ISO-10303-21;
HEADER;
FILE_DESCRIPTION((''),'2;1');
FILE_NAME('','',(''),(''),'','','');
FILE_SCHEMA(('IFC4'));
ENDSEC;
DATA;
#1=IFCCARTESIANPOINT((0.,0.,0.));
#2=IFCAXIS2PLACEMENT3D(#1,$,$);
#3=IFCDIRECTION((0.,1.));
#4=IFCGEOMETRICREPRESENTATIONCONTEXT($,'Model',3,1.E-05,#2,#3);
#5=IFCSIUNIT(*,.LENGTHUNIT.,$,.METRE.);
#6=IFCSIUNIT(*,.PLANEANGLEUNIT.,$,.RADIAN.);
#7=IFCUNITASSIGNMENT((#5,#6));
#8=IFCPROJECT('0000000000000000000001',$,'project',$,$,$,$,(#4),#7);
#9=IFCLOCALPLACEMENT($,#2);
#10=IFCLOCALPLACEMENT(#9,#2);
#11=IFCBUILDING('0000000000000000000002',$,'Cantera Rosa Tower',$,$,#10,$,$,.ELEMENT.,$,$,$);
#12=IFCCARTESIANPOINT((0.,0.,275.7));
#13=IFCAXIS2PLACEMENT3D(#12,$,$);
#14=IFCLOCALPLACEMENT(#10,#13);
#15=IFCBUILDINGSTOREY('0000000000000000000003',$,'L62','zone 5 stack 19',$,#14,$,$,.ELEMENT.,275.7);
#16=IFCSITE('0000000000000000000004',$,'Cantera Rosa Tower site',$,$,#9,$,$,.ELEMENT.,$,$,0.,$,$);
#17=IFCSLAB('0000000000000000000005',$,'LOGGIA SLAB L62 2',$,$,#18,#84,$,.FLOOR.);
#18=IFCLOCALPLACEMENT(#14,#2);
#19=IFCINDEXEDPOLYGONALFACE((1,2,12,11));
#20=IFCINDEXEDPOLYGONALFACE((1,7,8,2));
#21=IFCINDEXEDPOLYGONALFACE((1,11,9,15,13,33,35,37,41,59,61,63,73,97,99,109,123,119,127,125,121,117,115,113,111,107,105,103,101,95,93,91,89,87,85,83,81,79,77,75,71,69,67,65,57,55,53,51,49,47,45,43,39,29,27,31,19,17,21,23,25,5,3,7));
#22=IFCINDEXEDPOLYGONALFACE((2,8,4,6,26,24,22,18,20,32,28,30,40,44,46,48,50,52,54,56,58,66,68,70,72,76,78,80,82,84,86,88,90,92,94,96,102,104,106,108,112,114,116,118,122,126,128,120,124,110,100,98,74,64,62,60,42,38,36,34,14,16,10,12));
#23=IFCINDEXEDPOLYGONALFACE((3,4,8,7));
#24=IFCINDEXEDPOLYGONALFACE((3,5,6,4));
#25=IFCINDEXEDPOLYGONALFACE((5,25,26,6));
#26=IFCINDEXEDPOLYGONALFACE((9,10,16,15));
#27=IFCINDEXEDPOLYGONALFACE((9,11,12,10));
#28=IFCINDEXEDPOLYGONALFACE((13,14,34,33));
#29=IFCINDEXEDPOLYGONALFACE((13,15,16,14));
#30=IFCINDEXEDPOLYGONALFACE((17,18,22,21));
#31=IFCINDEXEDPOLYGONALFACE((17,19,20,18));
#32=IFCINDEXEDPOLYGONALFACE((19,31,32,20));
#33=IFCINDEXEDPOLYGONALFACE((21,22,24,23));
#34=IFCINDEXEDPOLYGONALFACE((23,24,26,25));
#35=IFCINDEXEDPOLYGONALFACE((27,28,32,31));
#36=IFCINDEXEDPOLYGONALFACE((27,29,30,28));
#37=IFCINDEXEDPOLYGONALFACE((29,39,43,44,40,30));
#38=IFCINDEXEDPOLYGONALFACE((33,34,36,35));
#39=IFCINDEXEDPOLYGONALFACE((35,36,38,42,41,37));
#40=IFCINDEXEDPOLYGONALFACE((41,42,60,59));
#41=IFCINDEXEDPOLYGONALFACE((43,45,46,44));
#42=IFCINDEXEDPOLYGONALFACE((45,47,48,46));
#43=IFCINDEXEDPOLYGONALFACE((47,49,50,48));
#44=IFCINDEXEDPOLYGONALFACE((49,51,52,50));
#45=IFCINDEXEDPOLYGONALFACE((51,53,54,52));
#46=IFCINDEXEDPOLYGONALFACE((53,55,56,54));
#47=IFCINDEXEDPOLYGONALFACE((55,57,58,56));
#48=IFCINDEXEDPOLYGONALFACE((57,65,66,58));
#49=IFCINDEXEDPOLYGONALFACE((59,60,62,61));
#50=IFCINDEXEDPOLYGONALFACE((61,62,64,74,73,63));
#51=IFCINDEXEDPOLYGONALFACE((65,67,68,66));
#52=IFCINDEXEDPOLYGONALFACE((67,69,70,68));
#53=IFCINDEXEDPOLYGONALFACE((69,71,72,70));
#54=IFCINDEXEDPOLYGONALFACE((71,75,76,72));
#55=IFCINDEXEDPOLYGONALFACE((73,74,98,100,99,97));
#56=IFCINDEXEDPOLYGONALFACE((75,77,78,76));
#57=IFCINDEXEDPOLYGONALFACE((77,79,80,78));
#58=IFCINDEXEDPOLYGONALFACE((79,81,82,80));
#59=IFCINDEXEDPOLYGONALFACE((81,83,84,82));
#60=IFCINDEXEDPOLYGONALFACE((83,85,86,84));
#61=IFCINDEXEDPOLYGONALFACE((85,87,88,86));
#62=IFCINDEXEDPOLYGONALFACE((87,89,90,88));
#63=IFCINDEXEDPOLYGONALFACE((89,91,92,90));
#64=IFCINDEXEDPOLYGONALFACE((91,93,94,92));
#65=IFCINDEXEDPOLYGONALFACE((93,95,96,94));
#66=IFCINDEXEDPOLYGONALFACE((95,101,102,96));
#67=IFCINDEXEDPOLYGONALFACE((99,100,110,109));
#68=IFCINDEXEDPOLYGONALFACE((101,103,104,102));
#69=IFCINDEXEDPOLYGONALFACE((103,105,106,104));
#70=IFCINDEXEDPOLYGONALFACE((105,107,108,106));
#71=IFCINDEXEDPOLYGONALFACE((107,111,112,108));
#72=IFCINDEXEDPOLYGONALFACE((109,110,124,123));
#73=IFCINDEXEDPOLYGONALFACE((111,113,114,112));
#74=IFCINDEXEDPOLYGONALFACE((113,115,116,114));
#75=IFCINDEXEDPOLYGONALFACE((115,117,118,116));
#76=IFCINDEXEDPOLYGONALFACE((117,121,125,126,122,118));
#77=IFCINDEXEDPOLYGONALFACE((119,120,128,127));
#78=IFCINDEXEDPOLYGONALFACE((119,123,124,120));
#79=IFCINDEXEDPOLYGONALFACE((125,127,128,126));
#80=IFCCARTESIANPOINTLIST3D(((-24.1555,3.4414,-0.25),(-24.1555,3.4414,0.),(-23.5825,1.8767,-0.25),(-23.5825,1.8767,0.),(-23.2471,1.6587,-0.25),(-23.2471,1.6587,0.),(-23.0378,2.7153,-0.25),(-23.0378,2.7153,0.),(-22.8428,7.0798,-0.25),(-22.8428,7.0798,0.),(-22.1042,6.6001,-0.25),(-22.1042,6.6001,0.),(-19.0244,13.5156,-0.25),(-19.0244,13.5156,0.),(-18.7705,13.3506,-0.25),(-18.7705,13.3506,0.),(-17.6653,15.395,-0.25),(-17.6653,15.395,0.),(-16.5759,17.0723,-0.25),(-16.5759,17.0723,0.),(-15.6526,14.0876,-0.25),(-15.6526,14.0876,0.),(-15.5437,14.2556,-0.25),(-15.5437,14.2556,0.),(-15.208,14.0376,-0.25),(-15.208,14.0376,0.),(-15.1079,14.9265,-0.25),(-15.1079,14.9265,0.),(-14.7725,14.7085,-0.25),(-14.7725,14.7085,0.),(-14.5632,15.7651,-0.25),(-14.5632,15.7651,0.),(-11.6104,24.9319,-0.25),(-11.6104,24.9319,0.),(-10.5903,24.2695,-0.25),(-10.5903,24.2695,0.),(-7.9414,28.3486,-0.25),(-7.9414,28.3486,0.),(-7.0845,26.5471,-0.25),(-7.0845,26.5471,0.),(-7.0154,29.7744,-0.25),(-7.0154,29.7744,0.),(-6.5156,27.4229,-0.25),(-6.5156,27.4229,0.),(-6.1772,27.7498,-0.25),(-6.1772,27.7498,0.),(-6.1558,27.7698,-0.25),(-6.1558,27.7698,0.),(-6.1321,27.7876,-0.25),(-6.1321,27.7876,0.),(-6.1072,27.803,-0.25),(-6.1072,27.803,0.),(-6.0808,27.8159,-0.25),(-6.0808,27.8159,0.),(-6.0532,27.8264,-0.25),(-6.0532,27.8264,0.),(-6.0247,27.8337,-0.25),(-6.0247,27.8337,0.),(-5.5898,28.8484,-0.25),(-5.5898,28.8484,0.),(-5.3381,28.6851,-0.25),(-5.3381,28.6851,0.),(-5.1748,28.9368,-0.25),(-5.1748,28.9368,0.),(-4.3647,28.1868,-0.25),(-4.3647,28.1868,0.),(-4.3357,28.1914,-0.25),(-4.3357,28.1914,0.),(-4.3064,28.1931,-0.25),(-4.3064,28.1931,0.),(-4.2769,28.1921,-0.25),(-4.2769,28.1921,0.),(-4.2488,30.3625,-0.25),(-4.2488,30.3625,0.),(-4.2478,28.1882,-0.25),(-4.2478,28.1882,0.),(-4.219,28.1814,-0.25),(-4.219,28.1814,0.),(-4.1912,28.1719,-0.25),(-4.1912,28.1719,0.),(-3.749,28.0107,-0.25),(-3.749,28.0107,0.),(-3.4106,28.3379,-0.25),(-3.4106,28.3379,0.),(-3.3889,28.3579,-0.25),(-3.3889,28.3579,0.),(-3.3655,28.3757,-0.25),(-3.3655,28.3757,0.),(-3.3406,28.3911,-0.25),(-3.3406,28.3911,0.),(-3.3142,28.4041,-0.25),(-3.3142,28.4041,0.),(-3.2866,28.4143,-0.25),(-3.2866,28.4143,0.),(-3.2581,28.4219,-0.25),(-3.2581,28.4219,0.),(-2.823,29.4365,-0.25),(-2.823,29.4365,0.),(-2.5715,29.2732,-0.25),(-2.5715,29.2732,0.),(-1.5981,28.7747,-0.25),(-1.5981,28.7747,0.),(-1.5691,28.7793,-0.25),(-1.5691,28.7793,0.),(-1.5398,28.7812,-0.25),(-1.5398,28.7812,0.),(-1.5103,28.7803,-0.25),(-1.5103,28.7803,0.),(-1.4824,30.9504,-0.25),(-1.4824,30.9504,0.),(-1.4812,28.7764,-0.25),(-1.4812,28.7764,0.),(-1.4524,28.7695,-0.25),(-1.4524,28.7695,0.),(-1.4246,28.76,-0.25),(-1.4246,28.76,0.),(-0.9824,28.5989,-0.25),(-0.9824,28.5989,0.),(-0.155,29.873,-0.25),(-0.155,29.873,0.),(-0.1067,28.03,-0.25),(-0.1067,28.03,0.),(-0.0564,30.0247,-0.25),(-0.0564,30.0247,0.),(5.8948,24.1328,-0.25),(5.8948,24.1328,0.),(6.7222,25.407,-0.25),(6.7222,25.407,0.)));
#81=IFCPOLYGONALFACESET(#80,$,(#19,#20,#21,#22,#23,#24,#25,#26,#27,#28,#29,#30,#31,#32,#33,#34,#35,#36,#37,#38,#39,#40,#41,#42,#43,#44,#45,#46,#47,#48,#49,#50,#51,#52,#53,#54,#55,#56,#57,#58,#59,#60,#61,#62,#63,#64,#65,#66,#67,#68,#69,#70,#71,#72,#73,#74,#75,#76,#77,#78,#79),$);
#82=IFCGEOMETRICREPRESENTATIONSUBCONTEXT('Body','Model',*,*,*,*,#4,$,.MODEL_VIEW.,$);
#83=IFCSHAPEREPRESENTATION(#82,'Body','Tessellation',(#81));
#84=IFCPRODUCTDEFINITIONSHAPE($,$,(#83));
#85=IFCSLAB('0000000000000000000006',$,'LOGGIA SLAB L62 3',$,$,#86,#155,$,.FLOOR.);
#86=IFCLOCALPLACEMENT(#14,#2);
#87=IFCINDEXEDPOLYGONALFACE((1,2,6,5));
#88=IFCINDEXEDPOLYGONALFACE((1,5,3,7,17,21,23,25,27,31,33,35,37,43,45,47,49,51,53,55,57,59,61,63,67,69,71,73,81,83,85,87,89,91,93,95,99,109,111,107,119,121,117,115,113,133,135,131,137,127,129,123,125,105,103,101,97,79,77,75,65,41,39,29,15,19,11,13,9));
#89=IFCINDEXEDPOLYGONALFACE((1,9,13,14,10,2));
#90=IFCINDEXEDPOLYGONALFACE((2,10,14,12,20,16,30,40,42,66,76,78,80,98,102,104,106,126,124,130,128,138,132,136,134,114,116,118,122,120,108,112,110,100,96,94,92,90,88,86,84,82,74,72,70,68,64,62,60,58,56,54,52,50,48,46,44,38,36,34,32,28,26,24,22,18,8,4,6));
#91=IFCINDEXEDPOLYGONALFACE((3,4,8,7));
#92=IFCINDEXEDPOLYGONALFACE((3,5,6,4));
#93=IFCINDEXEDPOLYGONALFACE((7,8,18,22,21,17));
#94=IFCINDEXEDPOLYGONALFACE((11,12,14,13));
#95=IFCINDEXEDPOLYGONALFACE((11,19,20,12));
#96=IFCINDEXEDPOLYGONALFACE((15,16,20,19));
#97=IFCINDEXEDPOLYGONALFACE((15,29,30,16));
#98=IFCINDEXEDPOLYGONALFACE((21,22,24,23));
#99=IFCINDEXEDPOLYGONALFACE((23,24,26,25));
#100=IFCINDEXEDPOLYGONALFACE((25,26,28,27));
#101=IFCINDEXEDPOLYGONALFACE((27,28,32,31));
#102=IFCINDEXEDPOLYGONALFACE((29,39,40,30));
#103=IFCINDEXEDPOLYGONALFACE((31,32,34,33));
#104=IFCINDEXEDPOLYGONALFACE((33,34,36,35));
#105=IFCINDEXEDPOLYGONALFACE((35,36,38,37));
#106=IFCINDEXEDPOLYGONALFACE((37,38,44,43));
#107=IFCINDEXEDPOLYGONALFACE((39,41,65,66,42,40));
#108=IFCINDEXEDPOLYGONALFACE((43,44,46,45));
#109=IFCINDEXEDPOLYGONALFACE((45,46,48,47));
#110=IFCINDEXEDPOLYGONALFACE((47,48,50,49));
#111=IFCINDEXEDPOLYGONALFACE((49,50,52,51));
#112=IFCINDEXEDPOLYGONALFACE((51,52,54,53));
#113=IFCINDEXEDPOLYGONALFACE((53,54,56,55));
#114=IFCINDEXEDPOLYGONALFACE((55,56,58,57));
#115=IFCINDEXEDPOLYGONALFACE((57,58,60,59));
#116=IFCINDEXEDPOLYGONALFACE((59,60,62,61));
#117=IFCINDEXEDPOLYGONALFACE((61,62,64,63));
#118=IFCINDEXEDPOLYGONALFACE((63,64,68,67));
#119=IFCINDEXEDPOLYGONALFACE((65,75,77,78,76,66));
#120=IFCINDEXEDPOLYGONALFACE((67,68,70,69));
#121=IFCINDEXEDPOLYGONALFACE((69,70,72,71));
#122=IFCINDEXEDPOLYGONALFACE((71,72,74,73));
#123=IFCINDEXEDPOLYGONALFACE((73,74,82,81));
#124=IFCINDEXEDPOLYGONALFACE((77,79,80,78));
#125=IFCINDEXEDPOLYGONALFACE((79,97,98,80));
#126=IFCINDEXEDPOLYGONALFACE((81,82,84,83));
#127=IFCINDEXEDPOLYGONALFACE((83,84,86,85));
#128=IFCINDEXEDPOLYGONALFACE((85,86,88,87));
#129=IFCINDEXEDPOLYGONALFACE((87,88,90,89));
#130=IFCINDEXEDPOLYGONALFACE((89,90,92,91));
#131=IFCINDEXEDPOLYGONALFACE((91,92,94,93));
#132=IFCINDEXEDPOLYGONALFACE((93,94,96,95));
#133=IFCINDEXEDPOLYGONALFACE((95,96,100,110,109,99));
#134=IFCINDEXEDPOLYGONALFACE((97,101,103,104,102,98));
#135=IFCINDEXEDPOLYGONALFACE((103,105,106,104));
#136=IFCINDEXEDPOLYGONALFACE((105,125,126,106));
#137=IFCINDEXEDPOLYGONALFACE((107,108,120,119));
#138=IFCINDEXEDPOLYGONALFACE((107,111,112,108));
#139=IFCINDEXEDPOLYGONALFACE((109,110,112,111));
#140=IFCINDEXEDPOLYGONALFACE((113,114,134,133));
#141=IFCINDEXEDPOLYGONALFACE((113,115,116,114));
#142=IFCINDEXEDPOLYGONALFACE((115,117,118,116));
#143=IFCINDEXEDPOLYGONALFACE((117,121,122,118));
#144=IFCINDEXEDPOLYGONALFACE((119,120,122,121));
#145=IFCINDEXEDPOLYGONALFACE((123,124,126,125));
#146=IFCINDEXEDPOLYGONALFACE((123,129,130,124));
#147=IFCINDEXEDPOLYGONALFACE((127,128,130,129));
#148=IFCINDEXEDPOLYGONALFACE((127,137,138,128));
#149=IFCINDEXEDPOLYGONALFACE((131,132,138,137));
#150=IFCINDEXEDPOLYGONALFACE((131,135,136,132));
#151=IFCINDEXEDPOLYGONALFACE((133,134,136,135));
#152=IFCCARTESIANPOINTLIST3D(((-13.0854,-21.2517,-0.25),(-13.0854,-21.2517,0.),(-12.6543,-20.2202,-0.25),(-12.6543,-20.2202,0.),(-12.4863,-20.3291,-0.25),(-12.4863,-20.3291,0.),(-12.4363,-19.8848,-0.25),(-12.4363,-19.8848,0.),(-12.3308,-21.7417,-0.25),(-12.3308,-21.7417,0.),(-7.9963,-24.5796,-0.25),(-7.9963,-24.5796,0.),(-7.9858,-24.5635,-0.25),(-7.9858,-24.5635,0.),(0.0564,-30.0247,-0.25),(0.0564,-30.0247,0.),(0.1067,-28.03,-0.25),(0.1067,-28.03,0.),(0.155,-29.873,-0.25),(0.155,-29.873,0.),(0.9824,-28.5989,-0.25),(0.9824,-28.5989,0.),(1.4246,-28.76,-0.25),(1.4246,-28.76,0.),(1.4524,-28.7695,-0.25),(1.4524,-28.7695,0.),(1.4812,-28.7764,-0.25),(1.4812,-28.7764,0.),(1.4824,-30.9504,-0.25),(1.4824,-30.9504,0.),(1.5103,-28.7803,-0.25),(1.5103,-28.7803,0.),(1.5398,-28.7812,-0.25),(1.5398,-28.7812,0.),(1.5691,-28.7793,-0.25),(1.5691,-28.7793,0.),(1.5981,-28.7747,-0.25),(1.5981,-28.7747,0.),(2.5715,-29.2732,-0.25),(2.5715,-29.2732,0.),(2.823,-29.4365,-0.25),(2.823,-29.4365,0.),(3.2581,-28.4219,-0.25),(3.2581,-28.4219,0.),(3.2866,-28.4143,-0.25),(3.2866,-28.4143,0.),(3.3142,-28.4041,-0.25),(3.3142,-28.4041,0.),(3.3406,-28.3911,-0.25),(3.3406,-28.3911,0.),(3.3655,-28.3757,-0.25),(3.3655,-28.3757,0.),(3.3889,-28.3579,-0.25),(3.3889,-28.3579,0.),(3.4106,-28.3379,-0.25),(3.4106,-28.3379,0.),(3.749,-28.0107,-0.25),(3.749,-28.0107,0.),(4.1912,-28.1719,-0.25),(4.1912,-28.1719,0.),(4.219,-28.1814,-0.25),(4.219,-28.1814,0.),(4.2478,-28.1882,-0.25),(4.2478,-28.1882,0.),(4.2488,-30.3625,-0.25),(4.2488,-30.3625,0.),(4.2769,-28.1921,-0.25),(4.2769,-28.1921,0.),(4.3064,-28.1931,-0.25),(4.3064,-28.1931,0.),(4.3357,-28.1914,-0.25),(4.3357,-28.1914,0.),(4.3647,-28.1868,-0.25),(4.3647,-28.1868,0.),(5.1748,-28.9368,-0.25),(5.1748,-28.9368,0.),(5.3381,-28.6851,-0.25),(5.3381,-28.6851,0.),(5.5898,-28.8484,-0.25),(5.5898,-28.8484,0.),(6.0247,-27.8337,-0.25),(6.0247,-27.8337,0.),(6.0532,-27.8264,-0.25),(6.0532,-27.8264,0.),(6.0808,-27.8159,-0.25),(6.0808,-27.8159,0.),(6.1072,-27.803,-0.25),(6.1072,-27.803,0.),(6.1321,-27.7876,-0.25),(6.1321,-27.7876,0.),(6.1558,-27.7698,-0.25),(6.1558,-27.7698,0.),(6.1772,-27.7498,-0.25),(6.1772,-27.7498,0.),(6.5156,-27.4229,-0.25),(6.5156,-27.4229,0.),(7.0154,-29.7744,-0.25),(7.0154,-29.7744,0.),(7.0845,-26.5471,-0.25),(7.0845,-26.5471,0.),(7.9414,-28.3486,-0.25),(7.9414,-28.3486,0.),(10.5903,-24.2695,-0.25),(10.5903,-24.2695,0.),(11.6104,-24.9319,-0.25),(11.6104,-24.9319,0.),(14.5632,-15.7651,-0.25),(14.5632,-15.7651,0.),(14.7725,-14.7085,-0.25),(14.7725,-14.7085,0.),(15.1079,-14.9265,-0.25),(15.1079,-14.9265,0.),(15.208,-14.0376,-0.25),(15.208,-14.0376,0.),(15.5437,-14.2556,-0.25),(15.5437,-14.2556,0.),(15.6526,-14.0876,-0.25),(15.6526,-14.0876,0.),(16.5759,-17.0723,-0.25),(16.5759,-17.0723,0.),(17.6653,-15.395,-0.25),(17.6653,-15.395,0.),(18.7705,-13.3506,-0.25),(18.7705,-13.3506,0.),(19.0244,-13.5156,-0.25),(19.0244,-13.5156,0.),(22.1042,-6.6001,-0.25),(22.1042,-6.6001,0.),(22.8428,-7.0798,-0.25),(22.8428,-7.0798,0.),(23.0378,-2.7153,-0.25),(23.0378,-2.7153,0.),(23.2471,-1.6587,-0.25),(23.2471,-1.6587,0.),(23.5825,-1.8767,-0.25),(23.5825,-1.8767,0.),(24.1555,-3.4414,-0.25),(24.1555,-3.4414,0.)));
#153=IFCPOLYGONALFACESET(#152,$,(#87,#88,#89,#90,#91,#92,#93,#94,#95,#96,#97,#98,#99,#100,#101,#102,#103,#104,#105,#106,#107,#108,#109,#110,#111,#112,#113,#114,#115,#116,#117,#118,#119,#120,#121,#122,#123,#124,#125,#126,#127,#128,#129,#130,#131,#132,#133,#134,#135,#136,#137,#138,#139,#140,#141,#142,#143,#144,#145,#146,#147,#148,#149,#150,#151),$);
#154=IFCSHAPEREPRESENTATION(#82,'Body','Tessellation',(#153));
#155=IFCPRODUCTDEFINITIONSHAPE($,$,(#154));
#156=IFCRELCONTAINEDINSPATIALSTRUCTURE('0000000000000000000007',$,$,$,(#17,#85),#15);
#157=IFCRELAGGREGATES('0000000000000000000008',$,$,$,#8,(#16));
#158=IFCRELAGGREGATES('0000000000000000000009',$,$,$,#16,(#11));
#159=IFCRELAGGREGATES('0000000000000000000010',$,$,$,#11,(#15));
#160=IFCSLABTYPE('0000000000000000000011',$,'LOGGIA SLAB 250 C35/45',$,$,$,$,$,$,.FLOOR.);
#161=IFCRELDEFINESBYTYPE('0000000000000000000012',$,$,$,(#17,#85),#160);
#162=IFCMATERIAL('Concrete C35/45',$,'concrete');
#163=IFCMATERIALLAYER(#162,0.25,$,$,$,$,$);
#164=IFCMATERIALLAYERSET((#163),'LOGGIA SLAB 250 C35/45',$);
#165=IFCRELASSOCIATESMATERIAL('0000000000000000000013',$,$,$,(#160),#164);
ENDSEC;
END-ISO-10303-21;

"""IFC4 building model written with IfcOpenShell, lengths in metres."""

from ifc_helpers import new_model, si_unit, direction, frame, origin, place, context, subcontext, project, spatial, polyline, outline, extrude, material, layer, layer_set, type_object, element, save


model = new_model("IFC4")

# Units and contexts
model_context = context("Model", 3, precision=1e-05, world=origin(), true_north=direction((0.0, 1.0)))
body_context = subcontext(model_context, "Body", "Model", "MODEL_VIEW")
ifc_project = project(units=[si_unit("LENGTHUNIT", "METRE"), si_unit("PLANEANGLEUNIT", "RADIAN")], contexts=[model_context])

# Site, building, storey
site_placement = place(None, origin())
site = spatial("IfcSite", under=ifc_project, at=site_placement, Name="Cantera Rosa Tower site", CompositionType="ELEMENT", RefElevation=0.0)
building_placement = place(site_placement, origin())
building = spatial("IfcBuilding", under=site, at=building_placement, Name="Cantera Rosa Tower", CompositionType="ELEMENT")
storey_placement = place(building_placement, frame((0.0, 0.0, 275.7)))
storey = spatial("IfcBuildingStorey", under=building, at=storey_placement, Name="L62", Description="zone 5 stack 19", CompositionType="ELEMENT", Elevation=275.7)

# Slabs
ifc_material_1 = material(Name="Concrete C35/45", Category="concrete")
ifc_layer_1 = layer(ifc_material_1, 0.25)
ifc_layer_set_1 = layer_set([ifc_layer_1], Name="LOGGIA SLAB 250 C35/45")
slab_type_1 = type_object("IfcSlabType", Name="LOGGIA SLAB 250 C35/45", PredefinedType="FLOOR", material=ifc_layer_set_1)
slab_1_placement = place(storey_placement, frame((0.0, 0.0, -0.25)))
element("IfcSlab", 1, at=slab_1_placement, inside=storey, type_object=slab_type_1, Name="LOGGIA SLAB L62 2", PredefinedType="FLOOR", context=body_context, shape_type="SweptSolid", body=[
    extrude(outline(polyline([(-18.7705, 13.3506), (-19.0244, 13.5156), (-11.6104, 24.9319), (-10.5903, 24.2695), (-7.9414, 28.3486), (-7.0154, 29.7744), (-5.5898, 28.8484), (-5.3381, 28.6851), (-5.1748, 28.9368), (-4.2488, 30.3625), (-2.823, 29.4365), (-2.5715, 29.2732), (-1.4824, 30.9504), (-0.0564, 30.0247), (-0.155, 29.873), (6.7222, 25.407), (5.8948, 24.1328), (-0.1067, 28.03), (-0.9824, 28.5989), (-1.4246, 28.76), (-1.4524, 28.7695), (-1.4812, 28.7764), (-1.5103, 28.7803), (-1.5398, 28.7812), (-1.5691, 28.7793), (-1.5981, 28.7747), (-3.2581, 28.4219), (-3.2866, 28.4143), (-3.3142, 28.4041), (-3.3406, 28.3911), (-3.3655, 28.3757), (-3.3889, 28.3579), (-3.4106, 28.3379), (-3.749, 28.0107), (-4.1912, 28.1719), (-4.219, 28.1814), (-4.2478, 28.1882), (-4.2769, 28.1921), (-4.3064, 28.1931), (-4.3357, 28.1914), (-4.3647, 28.1868), (-6.0247, 27.8337), (-6.0532, 27.8264), (-6.0808, 27.8159), (-6.1072, 27.803), (-6.1321, 27.7876), (-6.1558, 27.7698), (-6.1772, 27.7498), (-6.5156, 27.4229), (-7.0845, 26.5471), (-14.7725, 14.7085), (-15.1079, 14.9265), (-14.5632, 15.7651), (-16.5759, 17.0723), (-17.6653, 15.395), (-15.6526, 14.0876), (-15.5437, 14.2556), (-15.208, 14.0376), (-23.2471, 1.6587), (-23.5825, 1.8767), (-23.0378, 2.7153), (-24.1555, 3.4414), (-22.1042, 6.6001), (-22.8428, 7.0798), (-18.7705, 13.3506)])), origin(), (0.0, 0.0, 1.0), 0.25),
])
slab_2_placement = place(storey_placement, frame((0.0, 0.0, -0.25)))
element("IfcSlab", 2, at=slab_2_placement, inside=storey, type_object=slab_type_1, Name="LOGGIA SLAB L62 3", PredefinedType="FLOOR", context=body_context, shape_type="SweptSolid", body=[
    extrude(outline(polyline([(7.9414, -28.3486), (7.0154, -29.7744), (5.5898, -28.8484), (5.3381, -28.6851), (5.1748, -28.9368), (4.2488, -30.3625), (2.823, -29.4365), (2.5715, -29.2732), (1.4824, -30.9504), (0.0564, -30.0247), (0.155, -29.873), (-7.9963, -24.5796), (-7.9858, -24.5635), (-12.3308, -21.7417), (-13.0854, -21.2517), (-12.4863, -20.3291), (-12.6543, -20.2202), (-12.4363, -19.8848), (0.1067, -28.03), (0.9824, -28.5989), (1.4246, -28.76), (1.4524, -28.7695), (1.4812, -28.7764), (1.5103, -28.7803), (1.5398, -28.7812), (1.5691, -28.7793), (1.5981, -28.7747), (3.2581, -28.4219), (3.2866, -28.4143), (3.3142, -28.4041), (3.3406, -28.3911), (3.3655, -28.3757), (3.3889, -28.3579), (3.4106, -28.3379), (3.749, -28.0107), (4.1912, -28.1719), (4.219, -28.1814), (4.2478, -28.1882), (4.2769, -28.1921), (4.3064, -28.1931), (4.3357, -28.1914), (4.3647, -28.1868), (6.0247, -27.8337), (6.0532, -27.8264), (6.0808, -27.8159), (6.1072, -27.803), (6.1321, -27.7876), (6.1558, -27.7698), (6.1772, -27.7498), (6.5156, -27.4229), (7.0845, -26.5471), (14.7725, -14.7085), (15.1079, -14.9265), (14.5632, -15.7651), (16.5759, -17.0723), (17.6653, -15.395), (15.6526, -14.0876), (15.5437, -14.2556), (15.208, -14.0376), (23.2471, -1.6587), (23.5825, -1.8767), (23.0378, -2.7153), (24.1555, -3.4414), (22.1042, -6.6001), (22.8428, -7.0798), (18.7705, -13.3506), (19.0244, -13.5156), (11.6104, -24.9319), (10.5903, -24.2695), (7.9414, -28.3486)])), origin(), (0.0, 0.0, 1.0), 0.25),
])

save(model, "model.ifc")
